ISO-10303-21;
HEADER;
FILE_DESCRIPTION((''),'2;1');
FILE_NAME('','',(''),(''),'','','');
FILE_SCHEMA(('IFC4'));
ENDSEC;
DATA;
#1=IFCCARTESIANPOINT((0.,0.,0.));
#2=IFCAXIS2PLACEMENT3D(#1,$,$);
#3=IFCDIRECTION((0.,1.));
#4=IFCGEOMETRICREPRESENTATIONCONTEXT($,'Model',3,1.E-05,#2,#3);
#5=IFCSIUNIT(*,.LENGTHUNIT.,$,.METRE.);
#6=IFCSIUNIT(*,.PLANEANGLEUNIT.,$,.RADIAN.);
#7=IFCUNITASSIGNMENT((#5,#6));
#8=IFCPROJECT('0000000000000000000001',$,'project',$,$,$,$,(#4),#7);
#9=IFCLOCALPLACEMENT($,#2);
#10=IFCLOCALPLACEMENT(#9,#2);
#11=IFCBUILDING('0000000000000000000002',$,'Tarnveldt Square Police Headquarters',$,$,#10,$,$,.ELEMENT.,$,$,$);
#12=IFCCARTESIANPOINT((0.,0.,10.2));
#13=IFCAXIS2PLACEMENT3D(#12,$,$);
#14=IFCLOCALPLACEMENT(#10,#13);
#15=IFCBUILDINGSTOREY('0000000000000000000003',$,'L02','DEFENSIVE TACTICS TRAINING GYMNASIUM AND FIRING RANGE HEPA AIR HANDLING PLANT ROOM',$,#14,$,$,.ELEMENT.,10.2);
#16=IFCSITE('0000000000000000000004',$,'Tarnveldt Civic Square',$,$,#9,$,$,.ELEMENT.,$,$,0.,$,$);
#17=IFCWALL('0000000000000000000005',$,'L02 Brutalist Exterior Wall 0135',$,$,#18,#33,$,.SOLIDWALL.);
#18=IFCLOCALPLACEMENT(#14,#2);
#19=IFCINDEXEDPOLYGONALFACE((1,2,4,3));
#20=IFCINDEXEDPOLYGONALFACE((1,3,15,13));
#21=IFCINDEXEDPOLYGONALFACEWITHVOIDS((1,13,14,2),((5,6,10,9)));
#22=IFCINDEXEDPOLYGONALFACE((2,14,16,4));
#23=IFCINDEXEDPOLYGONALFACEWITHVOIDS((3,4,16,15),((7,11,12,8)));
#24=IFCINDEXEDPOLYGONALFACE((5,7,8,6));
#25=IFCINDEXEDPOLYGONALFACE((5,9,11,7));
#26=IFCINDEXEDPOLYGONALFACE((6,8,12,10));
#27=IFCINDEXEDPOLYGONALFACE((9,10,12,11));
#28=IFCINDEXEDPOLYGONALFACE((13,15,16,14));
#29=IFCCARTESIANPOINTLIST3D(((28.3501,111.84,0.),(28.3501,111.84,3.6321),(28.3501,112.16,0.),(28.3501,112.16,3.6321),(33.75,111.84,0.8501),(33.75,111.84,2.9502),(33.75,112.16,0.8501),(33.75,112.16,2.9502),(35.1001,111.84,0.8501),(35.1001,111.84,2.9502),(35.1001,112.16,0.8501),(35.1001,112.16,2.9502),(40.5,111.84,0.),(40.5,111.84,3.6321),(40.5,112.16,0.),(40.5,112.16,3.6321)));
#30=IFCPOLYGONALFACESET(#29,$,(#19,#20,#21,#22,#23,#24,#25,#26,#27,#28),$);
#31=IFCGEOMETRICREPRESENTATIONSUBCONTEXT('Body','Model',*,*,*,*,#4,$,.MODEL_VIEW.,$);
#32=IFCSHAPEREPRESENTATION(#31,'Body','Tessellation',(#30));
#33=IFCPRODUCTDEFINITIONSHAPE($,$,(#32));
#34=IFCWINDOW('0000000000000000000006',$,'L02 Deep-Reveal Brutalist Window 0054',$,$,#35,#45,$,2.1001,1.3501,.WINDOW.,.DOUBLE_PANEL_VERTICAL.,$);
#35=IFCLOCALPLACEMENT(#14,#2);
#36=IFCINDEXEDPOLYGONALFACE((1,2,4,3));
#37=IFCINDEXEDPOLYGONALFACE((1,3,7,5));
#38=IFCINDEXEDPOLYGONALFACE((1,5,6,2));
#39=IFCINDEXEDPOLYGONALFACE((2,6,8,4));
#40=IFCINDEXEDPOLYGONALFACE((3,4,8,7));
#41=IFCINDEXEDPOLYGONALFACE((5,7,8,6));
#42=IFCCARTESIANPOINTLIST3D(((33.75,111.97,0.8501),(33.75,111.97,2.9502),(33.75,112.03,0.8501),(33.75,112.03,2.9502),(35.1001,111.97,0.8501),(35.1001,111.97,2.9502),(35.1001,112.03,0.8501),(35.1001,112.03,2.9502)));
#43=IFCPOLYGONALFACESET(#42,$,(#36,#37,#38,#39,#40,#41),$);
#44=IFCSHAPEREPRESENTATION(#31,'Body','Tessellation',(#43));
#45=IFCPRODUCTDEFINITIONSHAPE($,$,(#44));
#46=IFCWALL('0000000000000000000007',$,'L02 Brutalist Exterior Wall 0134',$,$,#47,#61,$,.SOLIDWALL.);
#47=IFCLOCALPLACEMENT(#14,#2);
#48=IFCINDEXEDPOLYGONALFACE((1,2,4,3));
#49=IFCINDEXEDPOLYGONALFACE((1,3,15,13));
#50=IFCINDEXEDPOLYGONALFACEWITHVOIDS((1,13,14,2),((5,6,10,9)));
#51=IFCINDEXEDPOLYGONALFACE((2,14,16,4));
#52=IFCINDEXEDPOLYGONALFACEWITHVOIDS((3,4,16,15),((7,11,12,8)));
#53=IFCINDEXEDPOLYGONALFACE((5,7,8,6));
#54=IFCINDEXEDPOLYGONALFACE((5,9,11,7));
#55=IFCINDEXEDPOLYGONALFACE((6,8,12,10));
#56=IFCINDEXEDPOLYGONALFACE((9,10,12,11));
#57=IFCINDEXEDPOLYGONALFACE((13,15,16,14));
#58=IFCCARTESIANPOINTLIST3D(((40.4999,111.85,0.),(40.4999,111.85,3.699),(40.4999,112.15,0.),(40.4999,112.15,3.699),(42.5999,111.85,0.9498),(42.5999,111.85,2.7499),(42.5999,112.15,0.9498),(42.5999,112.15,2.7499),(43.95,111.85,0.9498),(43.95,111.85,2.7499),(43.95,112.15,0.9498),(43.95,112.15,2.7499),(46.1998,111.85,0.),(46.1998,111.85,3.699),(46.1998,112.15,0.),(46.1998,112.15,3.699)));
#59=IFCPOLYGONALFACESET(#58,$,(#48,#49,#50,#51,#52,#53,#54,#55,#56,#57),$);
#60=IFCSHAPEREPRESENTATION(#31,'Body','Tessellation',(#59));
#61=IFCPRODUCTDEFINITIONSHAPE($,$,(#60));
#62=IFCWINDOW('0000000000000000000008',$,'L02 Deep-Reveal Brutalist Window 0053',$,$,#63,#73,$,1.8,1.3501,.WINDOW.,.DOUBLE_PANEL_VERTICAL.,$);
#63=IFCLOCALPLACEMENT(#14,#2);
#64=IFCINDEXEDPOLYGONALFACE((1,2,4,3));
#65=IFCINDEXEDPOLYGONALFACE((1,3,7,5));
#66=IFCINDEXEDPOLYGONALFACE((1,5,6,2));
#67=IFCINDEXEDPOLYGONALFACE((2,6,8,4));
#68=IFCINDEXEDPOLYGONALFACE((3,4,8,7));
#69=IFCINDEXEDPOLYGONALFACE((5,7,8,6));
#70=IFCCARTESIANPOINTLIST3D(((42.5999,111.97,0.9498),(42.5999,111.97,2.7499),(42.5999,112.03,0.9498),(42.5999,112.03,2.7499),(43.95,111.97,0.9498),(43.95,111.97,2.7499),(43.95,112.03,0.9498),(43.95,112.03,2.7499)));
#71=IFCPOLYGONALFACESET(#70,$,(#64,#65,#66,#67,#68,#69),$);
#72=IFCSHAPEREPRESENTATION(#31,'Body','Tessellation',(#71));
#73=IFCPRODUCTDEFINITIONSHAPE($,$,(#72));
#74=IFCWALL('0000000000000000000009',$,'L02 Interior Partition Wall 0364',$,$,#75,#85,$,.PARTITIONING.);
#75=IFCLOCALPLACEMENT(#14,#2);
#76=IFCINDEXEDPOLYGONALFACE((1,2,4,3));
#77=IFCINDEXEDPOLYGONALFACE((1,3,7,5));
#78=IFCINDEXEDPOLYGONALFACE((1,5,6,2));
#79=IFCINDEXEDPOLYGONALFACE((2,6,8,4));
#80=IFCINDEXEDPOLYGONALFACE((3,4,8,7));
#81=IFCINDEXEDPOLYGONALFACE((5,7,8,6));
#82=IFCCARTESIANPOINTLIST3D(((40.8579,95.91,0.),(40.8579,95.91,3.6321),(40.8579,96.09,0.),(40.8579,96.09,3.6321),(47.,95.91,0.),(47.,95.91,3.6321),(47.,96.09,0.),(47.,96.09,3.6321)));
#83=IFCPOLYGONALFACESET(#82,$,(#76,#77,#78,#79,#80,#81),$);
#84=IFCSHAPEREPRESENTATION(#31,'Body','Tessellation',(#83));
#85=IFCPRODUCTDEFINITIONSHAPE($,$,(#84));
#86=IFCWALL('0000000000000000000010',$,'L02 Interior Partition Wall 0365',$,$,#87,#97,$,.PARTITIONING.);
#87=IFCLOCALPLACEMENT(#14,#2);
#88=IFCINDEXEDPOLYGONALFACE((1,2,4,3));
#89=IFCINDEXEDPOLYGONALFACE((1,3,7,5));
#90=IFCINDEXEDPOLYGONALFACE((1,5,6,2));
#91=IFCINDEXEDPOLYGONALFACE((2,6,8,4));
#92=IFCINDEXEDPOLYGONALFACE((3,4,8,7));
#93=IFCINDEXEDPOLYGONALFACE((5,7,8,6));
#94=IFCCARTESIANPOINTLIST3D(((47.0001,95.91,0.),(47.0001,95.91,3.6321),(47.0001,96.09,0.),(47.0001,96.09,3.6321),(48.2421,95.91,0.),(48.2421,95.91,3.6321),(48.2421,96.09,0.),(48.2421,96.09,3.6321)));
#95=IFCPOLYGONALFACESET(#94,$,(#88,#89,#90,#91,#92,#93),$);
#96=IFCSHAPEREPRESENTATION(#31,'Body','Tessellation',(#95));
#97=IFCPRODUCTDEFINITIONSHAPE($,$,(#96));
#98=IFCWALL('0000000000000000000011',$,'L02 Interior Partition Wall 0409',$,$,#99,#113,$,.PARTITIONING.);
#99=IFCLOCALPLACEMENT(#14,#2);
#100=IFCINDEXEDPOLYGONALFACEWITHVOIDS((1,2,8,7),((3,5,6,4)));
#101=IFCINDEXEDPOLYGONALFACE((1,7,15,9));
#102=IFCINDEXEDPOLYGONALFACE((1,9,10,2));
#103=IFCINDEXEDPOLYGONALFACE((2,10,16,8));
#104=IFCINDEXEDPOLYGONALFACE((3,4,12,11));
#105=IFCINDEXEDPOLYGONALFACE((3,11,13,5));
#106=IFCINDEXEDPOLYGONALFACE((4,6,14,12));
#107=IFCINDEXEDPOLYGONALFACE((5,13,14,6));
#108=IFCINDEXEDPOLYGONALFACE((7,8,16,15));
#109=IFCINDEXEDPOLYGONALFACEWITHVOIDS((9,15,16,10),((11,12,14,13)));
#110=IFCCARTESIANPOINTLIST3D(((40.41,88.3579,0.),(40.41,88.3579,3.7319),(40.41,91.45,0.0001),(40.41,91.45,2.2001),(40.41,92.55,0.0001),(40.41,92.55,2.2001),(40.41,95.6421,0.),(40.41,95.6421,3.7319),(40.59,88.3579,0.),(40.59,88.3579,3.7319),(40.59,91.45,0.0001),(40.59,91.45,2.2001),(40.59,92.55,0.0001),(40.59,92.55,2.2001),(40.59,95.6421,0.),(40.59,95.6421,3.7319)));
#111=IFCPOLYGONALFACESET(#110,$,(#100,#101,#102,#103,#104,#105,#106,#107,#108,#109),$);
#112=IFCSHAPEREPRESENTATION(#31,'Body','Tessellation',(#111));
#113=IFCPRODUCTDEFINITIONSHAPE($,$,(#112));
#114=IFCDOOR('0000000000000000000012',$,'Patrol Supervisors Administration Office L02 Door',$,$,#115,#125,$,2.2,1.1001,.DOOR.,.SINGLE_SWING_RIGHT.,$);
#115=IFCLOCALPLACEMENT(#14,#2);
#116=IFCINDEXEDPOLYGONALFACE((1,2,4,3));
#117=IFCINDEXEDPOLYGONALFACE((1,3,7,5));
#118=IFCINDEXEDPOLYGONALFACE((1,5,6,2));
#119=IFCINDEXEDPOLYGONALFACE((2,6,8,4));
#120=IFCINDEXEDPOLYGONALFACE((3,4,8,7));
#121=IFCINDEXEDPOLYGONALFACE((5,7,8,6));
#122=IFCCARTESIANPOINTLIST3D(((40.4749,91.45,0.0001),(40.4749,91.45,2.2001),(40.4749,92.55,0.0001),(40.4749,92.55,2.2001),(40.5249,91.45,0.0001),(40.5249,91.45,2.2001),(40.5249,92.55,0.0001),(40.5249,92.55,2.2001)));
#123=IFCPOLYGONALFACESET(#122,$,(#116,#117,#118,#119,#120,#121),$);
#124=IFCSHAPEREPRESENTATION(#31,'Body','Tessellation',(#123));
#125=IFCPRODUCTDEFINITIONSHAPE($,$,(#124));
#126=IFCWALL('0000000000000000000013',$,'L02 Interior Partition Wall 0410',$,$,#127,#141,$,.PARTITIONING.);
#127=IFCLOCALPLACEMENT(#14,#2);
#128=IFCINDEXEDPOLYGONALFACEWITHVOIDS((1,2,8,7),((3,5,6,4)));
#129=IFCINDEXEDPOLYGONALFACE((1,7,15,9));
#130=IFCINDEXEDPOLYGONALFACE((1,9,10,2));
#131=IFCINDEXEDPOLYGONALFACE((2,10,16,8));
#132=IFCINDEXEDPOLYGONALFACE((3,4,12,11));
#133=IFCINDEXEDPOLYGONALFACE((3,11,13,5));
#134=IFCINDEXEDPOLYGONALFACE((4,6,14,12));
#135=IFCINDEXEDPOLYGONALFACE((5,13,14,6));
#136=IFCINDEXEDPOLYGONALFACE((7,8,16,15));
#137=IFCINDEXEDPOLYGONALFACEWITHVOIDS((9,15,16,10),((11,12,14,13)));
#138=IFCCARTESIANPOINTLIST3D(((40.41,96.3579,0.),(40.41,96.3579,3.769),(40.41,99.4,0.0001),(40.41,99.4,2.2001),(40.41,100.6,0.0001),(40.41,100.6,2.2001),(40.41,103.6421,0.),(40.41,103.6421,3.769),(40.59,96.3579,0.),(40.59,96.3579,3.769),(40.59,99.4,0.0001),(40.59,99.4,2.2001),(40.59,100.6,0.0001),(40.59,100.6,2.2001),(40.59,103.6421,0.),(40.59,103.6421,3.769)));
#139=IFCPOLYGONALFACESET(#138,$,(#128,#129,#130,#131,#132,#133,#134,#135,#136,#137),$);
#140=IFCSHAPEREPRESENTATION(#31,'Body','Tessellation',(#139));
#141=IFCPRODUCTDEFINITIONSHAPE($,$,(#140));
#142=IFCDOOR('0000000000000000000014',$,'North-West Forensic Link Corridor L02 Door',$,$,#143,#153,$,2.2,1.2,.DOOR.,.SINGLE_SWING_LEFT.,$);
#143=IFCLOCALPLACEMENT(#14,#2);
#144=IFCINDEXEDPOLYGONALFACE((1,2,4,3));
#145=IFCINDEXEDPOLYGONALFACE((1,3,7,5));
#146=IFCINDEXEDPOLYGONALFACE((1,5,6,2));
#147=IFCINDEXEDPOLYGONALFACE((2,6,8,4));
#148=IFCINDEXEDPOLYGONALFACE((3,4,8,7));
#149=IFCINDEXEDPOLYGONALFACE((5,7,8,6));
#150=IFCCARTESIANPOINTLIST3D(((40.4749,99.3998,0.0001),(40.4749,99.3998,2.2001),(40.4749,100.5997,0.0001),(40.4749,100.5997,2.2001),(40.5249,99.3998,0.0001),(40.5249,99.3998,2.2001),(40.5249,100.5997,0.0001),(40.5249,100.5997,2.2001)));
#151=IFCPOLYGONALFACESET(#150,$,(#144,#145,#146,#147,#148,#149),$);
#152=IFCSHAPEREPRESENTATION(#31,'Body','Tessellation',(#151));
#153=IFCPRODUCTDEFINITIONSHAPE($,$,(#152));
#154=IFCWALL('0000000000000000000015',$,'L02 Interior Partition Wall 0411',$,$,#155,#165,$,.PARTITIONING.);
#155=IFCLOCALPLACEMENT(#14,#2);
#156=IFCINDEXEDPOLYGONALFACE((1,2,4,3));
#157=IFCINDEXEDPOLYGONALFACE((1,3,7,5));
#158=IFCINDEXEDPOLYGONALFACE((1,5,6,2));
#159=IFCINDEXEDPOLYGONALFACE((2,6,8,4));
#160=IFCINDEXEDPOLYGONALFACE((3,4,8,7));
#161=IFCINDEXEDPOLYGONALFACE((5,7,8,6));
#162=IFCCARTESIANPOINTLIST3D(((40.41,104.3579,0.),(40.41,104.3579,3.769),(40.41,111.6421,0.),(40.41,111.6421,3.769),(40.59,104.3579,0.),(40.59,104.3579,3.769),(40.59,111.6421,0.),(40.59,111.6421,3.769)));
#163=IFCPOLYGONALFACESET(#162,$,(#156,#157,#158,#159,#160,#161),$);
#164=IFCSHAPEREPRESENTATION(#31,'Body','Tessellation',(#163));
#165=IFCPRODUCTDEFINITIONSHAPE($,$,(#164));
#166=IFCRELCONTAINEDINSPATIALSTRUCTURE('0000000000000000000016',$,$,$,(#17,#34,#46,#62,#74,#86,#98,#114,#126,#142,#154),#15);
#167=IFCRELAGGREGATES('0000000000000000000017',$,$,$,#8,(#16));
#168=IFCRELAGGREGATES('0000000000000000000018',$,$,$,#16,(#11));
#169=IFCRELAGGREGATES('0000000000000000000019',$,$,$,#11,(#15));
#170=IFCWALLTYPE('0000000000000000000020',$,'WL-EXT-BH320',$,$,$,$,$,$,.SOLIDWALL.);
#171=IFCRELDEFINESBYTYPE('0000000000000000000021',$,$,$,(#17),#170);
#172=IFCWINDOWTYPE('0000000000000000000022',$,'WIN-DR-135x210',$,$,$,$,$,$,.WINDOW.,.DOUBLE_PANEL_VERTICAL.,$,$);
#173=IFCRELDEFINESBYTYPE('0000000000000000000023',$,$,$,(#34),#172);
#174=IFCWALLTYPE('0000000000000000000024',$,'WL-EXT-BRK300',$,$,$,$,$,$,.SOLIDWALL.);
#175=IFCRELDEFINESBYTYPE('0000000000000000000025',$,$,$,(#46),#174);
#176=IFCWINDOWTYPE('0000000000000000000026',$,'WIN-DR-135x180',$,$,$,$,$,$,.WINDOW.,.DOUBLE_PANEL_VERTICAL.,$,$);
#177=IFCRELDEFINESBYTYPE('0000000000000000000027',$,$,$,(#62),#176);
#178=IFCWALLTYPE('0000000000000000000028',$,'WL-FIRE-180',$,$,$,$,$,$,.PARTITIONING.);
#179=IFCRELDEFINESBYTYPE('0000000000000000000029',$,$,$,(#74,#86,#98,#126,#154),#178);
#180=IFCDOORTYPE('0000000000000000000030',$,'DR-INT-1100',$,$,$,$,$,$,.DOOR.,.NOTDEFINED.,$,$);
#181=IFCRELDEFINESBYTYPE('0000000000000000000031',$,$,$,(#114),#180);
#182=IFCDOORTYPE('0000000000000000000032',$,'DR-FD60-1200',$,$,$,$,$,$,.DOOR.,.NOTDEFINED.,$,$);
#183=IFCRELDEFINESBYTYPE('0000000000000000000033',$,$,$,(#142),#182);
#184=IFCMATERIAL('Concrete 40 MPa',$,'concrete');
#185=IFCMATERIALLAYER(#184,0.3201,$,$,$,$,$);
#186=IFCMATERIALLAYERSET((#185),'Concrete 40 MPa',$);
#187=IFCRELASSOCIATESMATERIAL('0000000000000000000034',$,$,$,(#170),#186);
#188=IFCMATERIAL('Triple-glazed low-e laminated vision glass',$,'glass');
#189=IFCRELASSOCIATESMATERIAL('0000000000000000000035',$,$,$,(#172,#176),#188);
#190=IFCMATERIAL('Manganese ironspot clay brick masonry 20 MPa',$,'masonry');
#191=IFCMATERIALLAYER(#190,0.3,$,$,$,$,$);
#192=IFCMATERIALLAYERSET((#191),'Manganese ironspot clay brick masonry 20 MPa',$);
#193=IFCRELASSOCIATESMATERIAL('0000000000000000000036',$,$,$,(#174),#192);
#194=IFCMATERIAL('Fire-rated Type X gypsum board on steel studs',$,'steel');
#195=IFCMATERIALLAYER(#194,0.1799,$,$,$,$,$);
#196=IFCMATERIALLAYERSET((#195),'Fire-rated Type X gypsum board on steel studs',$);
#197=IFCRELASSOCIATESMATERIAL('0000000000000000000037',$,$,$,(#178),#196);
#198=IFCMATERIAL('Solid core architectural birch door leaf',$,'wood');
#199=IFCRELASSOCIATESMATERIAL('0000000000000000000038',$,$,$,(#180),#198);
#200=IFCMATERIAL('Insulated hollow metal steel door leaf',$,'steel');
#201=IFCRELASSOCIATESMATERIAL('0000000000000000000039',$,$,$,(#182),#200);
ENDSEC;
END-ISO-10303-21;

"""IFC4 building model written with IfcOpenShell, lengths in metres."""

from ifc_helpers import new_model, si_unit, direction, frame, frame_2d, origin, place, context, subcontext, project, spatial, rectangle, extrude, material, layer, layer_set, type_object, element, fill, save


model = new_model("IFC4")

# Units and contexts
model_context = context("Model", 3, precision=1e-05, world=origin(), true_north=direction((0.0, 1.0)))
body_context = subcontext(model_context, "Body", "Model", "MODEL_VIEW")
ifc_project = project(units=[si_unit("LENGTHUNIT", "METRE"), si_unit("PLANEANGLEUNIT", "RADIAN")], contexts=[model_context])

# Site, building, storey
site_placement = place(None, origin())
site = spatial("IfcSite", under=ifc_project, at=site_placement, Name="Tarnveldt Civic Square", CompositionType="ELEMENT", RefElevation=0.0)
building_placement = place(site_placement, origin())
building = spatial("IfcBuilding", under=site, at=building_placement, Name="Tarnveldt Square Police Headquarters", CompositionType="ELEMENT")
storey_placement = place(building_placement, frame((0.0, 0.0, 10.2)))
storey = spatial("IfcBuildingStorey", under=building, at=storey_placement, Name="L02", Description="DEFENSIVE TACTICS TRAINING GYMNASIUM AND FIRING RANGE HEPA AIR HANDLING PLANT ROOM", CompositionType="ELEMENT", Elevation=10.2)

# Shared definitions
ifc_material_1 = material(Name="Concrete 40 MPa", Category="concrete")

# Shared definitions
ifc_material_2 = material(Name="Insulated hollow metal steel door leaf", Category="steel")

# Walls, openings, windows
ifc_layer_1 = layer(ifc_material_1, 0.3201)
ifc_layer_set_1 = layer_set([ifc_layer_1], Name="Concrete 40 MPa")
wall_type_1 = type_object("IfcWallType", Name="WL-EXT-BH320", PredefinedType="SOLIDWALL", material=ifc_layer_set_1)
wall_1_placement = place(storey_placement, frame((40.5, 112.0, 0.0), z_axis=(0.0, 0.0, 1.0), x_axis=(-1.0, 0.0, 0.0)))
wall_1 = element("IfcWall", 1, at=wall_1_placement, inside=storey, type_object=wall_type_1, Name="L02 Brutalist Exterior Wall 0135", PredefinedType="SOLIDWALL", context=body_context, shape_type="SweptSolid", body=[
    extrude(rectangle(XDim=12.1499, YDim=0.3201, at=frame_2d((6.075, 0.0))), origin(), (0.0, 0.0, 1.0), 3.6321),
])
opening_1_placement = place(wall_1_placement, frame((5.3999, 0.0, 0.8501)))
opening_1 = element("IfcOpeningElement", 2, at=opening_1_placement, cuts=wall_1, PredefinedType="OPENING", context=body_context, shape_type="SweptSolid", body=[
    extrude(rectangle(XDim=1.3501, YDim=2.1001, at=frame_2d((0.675, 1.05))), frame((0.0, 0.1699, 0.0), z_axis=(0.0, -1.0, 0.0), x_axis=(1.0, 0.0, 0.0)), (0.0, 0.0, 1.0), 0.3401),
])
ifc_material_3 = material(Name="Triple-glazed low-e laminated vision glass", Category="glass")
window_type_1 = type_object("IfcWindowType", Name="WIN-DR-135x210", PartitioningType="DOUBLE_PANEL_VERTICAL", PredefinedType="WINDOW", material=ifc_material_3)
window_1_placement = place(opening_1_placement, origin())
window_1 = element("IfcWindow", 3, at=window_1_placement, inside=storey, type_object=window_type_1, Name="L02 Deep-Reveal Brutalist Window 0054", OverallHeight=2.1001, OverallWidth=1.3501, PartitioningType="DOUBLE_PANEL_VERTICAL", PredefinedType="WINDOW", context=body_context, shape_type="SweptSolid", body=[
    extrude(rectangle(XDim=1.3501, YDim=2.1001, at=frame_2d((0.675, 1.05))), frame((0.0, 0.03, 0.0), z_axis=(0.0, -1.0, 0.0), x_axis=(1.0, 0.0, 0.0)), (0.0, 0.0, 1.0), 0.0601),
])
fill(opening_1, window_1)
ifc_material_4 = material(Name="Manganese ironspot clay brick masonry 20 MPa", Category="masonry")
ifc_layer_2 = layer(ifc_material_4, 0.3)
ifc_layer_set_2 = layer_set([ifc_layer_2], Name="Manganese ironspot clay brick masonry 20 MPa")
wall_type_2 = type_object("IfcWallType", Name="WL-EXT-BRK300", PredefinedType="SOLIDWALL", material=ifc_layer_set_2)
wall_2_placement = place(storey_placement, frame((46.2, 112.0, 0.0), z_axis=(0.0, 0.0, 1.0), x_axis=(-1.0, 0.0, 0.0)))
wall_2 = element("IfcWall", 4, at=wall_2_placement, inside=storey, type_object=wall_type_2, Name="L02 Brutalist Exterior Wall 0134", PredefinedType="SOLIDWALL", context=body_context, shape_type="SweptSolid", body=[
    extrude(rectangle(XDim=5.7, YDim=0.3, at=frame_2d((2.8501, 0.0))), origin(), (0.0, 0.0, 1.0), 3.699),
])
opening_2_placement = place(wall_2_placement, frame((2.25, 0.0, 0.95)))
opening_2 = element("IfcOpeningElement", 5, at=opening_2_placement, cuts=wall_2, PredefinedType="OPENING", context=body_context, shape_type="SweptSolid", body=[
    extrude(rectangle(XDim=1.3501, YDim=1.8, at=frame_2d((0.675, 0.8999))), frame((0.0, 0.1599, 0.0), z_axis=(0.0, -1.0, 0.0), x_axis=(1.0, 0.0, 0.0)), (0.0, 0.0, 1.0), 0.3201),
])
window_type_2 = type_object("IfcWindowType", Name="WIN-DR-135x180", PartitioningType="DOUBLE_PANEL_VERTICAL", PredefinedType="WINDOW", material=ifc_material_3)
window_2_placement = place(opening_2_placement, origin())
window_2 = element("IfcWindow", 6, at=window_2_placement, inside=storey, type_object=window_type_2, Name="L02 Deep-Reveal Brutalist Window 0053", OverallHeight=1.8, OverallWidth=1.3501, PartitioningType="DOUBLE_PANEL_VERTICAL", PredefinedType="WINDOW", context=body_context, shape_type="SweptSolid", body=[
    extrude(rectangle(XDim=1.3501, YDim=1.8, at=frame_2d((0.675, 0.8999))), frame((0.0, 0.03, 0.0), z_axis=(0.0, -1.0, 0.0), x_axis=(1.0, 0.0, 0.0)), (0.0, 0.0, 1.0), 0.0601),
])
fill(opening_2, window_2)

# Walls
ifc_material_5 = material(Name="Fire-rated Type X gypsum board on steel studs", Category="steel")
ifc_layer_3 = layer(ifc_material_5, 0.1799)
ifc_layer_set_3 = layer_set([ifc_layer_3], Name="Fire-rated Type X gypsum board on steel studs")
wall_type_3 = type_object("IfcWallType", Name="WL-FIRE-180", PredefinedType="PARTITIONING", material=ifc_layer_set_3)
wall_3_placement = place(storey_placement, frame((40.8579, 96.0, 0.0), z_axis=(0.0, 0.0, 1.0), x_axis=(1.0, 0.0, 0.0)))
element("IfcWall", 7, at=wall_3_placement, inside=storey, type_object=wall_type_3, Name="L02 Interior Partition Wall 0364", PredefinedType="PARTITIONING", context=body_context, shape_type="SweptSolid", body=[
    extrude(rectangle(XDim=6.1421, YDim=0.1799, at=frame_2d((3.071, 0.0))), origin(), (0.0, 0.0, 1.0), 3.6321),
])
wall_4_placement = place(storey_placement, frame((47.0, 96.0, 0.0), z_axis=(0.0, 0.0, 1.0), x_axis=(1.0, 0.0, 0.0)))
element("IfcWall", 8, at=wall_4_placement, inside=storey, type_object=wall_type_3, Name="L02 Interior Partition Wall 0365", PredefinedType="PARTITIONING", context=body_context, shape_type="SweptSolid", body=[
    extrude(rectangle(XDim=1.2419, YDim=0.1799, at=frame_2d((0.6211, 0.0))), origin(), (0.0, 0.0, 1.0), 3.6321),
])

# Walls, openings, doors
wall_5_placement = place(storey_placement, frame((40.5, 88.3579, 0.0), z_axis=(0.0, 0.0, 1.0), x_axis=(0.0, 1.0, 0.0)))
wall_5 = element("IfcWall", 9, at=wall_5_placement, inside=storey, type_object=wall_type_3, Name="L02 Interior Partition Wall 0409", PredefinedType="PARTITIONING", context=body_context, shape_type="SweptSolid", body=[
    extrude(rectangle(XDim=7.2842, YDim=0.1799, at=frame_2d((3.6421, 0.0))), origin(), (0.0, 0.0, 1.0), 3.7319),
])
opening_3_placement = place(wall_5_placement, frame((3.092, 0.0, 0.0)))
opening_3 = element("IfcOpeningElement", 10, at=opening_3_placement, cuts=wall_5, PredefinedType="OPENING", context=body_context, shape_type="SweptSolid", body=[
    extrude(rectangle(XDim=1.1001, YDim=2.2, at=frame_2d((0.55, 1.1001))), frame((0.0, 0.0999, 0.0), z_axis=(0.0, -1.0, 0.0), x_axis=(1.0, 0.0, 0.0)), (0.0, 0.0, 1.0), 0.2),
])
ifc_material_6 = material(Name="Solid core architectural birch door leaf", Category="wood")
door_type_1 = type_object("IfcDoorType", Name="DR-INT-1100", OperationType="NOTDEFINED", PredefinedType="DOOR", material=ifc_material_6)
door_1_placement = place(opening_3_placement, frame((1.1001, 0.0, 0.0), z_axis=(0.0, 0.0, 1.0), x_axis=(-1.0, 0.0, 0.0)))
door_1 = element("IfcDoor", 11, at=door_1_placement, inside=storey, type_object=door_type_1, Name="Patrol Supervisors Administration Office L02 Door", OperationType="SINGLE_SWING_RIGHT", OverallHeight=2.2, OverallWidth=1.1001, PredefinedType="DOOR", context=body_context, shape_type="SweptSolid", body=[
    extrude(rectangle(XDim=1.1001, YDim=2.2, at=frame_2d((0.55, 1.1001))), frame((0.0, 0.0249, 0.0), z_axis=(0.0, -1.0, 0.0), x_axis=(1.0, 0.0, 0.0)), (0.0, 0.0, 1.0), 0.05),
])
fill(opening_3, door_1)
wall_6_placement = place(storey_placement, frame((40.5, 96.3579, 0.0), z_axis=(0.0, 0.0, 1.0), x_axis=(0.0, 1.0, 0.0)))
wall_6 = element("IfcWall", 12, at=wall_6_placement, inside=storey, type_object=wall_type_3, Name="L02 Interior Partition Wall 0410", PredefinedType="PARTITIONING", context=body_context, shape_type="SweptSolid", body=[
    extrude(rectangle(XDim=7.2842, YDim=0.1799, at=frame_2d((3.6421, 0.0))), origin(), (0.0, 0.0, 1.0), 3.769),
])
opening_4_placement = place(wall_6_placement, frame((3.042, 0.0, 0.0)))
opening_4 = element("IfcOpeningElement", 13, at=opening_4_placement, cuts=wall_6, PredefinedType="OPENING", context=body_context, shape_type="SweptSolid", body=[
    extrude(rectangle(XDim=1.2, YDim=2.2, at=frame_2d((0.6001, 1.1001))), frame((0.0, 0.0999, 0.0), z_axis=(0.0, -1.0, 0.0), x_axis=(1.0, 0.0, 0.0)), (0.0, 0.0, 1.0), 0.2),
])
door_type_2 = type_object("IfcDoorType", Name="DR-FD60-1200", OperationType="NOTDEFINED", PredefinedType="DOOR", material=ifc_material_2)
door_2_placement = place(opening_4_placement, frame((1.2, 0.0, 0.0), z_axis=(0.0, 0.0, 1.0), x_axis=(-1.0, 0.0, 0.0)))
door_2 = element("IfcDoor", 14, at=door_2_placement, inside=storey, type_object=door_type_2, Name="North-West Forensic Link Corridor L02 Door", OperationType="SINGLE_SWING_LEFT", OverallHeight=2.2, OverallWidth=1.2, PredefinedType="DOOR", context=body_context, shape_type="SweptSolid", body=[
    extrude(rectangle(XDim=1.2, YDim=2.2, at=frame_2d((0.6001, 1.1001))), frame((0.0, 0.0249, 0.0), z_axis=(0.0, -1.0, 0.0), x_axis=(1.0, 0.0, 0.0)), (0.0, 0.0, 1.0), 0.05),
])
fill(opening_4, door_2)

# Wall
wall_7_placement = place(storey_placement, frame((40.5, 104.3579, 0.0), z_axis=(0.0, 0.0, 1.0), x_axis=(0.0, 1.0, 0.0)))
element("IfcWall", 15, at=wall_7_placement, inside=storey, type_object=wall_type_3, Name="L02 Interior Partition Wall 0411", PredefinedType="PARTITIONING", context=body_context, shape_type="SweptSolid", body=[
    extrude(rectangle(XDim=7.2842, YDim=0.1799, at=frame_2d((3.6421, 0.0))), origin(), (0.0, 0.0, 1.0), 3.769),
])

save(model, "model.ifc")
